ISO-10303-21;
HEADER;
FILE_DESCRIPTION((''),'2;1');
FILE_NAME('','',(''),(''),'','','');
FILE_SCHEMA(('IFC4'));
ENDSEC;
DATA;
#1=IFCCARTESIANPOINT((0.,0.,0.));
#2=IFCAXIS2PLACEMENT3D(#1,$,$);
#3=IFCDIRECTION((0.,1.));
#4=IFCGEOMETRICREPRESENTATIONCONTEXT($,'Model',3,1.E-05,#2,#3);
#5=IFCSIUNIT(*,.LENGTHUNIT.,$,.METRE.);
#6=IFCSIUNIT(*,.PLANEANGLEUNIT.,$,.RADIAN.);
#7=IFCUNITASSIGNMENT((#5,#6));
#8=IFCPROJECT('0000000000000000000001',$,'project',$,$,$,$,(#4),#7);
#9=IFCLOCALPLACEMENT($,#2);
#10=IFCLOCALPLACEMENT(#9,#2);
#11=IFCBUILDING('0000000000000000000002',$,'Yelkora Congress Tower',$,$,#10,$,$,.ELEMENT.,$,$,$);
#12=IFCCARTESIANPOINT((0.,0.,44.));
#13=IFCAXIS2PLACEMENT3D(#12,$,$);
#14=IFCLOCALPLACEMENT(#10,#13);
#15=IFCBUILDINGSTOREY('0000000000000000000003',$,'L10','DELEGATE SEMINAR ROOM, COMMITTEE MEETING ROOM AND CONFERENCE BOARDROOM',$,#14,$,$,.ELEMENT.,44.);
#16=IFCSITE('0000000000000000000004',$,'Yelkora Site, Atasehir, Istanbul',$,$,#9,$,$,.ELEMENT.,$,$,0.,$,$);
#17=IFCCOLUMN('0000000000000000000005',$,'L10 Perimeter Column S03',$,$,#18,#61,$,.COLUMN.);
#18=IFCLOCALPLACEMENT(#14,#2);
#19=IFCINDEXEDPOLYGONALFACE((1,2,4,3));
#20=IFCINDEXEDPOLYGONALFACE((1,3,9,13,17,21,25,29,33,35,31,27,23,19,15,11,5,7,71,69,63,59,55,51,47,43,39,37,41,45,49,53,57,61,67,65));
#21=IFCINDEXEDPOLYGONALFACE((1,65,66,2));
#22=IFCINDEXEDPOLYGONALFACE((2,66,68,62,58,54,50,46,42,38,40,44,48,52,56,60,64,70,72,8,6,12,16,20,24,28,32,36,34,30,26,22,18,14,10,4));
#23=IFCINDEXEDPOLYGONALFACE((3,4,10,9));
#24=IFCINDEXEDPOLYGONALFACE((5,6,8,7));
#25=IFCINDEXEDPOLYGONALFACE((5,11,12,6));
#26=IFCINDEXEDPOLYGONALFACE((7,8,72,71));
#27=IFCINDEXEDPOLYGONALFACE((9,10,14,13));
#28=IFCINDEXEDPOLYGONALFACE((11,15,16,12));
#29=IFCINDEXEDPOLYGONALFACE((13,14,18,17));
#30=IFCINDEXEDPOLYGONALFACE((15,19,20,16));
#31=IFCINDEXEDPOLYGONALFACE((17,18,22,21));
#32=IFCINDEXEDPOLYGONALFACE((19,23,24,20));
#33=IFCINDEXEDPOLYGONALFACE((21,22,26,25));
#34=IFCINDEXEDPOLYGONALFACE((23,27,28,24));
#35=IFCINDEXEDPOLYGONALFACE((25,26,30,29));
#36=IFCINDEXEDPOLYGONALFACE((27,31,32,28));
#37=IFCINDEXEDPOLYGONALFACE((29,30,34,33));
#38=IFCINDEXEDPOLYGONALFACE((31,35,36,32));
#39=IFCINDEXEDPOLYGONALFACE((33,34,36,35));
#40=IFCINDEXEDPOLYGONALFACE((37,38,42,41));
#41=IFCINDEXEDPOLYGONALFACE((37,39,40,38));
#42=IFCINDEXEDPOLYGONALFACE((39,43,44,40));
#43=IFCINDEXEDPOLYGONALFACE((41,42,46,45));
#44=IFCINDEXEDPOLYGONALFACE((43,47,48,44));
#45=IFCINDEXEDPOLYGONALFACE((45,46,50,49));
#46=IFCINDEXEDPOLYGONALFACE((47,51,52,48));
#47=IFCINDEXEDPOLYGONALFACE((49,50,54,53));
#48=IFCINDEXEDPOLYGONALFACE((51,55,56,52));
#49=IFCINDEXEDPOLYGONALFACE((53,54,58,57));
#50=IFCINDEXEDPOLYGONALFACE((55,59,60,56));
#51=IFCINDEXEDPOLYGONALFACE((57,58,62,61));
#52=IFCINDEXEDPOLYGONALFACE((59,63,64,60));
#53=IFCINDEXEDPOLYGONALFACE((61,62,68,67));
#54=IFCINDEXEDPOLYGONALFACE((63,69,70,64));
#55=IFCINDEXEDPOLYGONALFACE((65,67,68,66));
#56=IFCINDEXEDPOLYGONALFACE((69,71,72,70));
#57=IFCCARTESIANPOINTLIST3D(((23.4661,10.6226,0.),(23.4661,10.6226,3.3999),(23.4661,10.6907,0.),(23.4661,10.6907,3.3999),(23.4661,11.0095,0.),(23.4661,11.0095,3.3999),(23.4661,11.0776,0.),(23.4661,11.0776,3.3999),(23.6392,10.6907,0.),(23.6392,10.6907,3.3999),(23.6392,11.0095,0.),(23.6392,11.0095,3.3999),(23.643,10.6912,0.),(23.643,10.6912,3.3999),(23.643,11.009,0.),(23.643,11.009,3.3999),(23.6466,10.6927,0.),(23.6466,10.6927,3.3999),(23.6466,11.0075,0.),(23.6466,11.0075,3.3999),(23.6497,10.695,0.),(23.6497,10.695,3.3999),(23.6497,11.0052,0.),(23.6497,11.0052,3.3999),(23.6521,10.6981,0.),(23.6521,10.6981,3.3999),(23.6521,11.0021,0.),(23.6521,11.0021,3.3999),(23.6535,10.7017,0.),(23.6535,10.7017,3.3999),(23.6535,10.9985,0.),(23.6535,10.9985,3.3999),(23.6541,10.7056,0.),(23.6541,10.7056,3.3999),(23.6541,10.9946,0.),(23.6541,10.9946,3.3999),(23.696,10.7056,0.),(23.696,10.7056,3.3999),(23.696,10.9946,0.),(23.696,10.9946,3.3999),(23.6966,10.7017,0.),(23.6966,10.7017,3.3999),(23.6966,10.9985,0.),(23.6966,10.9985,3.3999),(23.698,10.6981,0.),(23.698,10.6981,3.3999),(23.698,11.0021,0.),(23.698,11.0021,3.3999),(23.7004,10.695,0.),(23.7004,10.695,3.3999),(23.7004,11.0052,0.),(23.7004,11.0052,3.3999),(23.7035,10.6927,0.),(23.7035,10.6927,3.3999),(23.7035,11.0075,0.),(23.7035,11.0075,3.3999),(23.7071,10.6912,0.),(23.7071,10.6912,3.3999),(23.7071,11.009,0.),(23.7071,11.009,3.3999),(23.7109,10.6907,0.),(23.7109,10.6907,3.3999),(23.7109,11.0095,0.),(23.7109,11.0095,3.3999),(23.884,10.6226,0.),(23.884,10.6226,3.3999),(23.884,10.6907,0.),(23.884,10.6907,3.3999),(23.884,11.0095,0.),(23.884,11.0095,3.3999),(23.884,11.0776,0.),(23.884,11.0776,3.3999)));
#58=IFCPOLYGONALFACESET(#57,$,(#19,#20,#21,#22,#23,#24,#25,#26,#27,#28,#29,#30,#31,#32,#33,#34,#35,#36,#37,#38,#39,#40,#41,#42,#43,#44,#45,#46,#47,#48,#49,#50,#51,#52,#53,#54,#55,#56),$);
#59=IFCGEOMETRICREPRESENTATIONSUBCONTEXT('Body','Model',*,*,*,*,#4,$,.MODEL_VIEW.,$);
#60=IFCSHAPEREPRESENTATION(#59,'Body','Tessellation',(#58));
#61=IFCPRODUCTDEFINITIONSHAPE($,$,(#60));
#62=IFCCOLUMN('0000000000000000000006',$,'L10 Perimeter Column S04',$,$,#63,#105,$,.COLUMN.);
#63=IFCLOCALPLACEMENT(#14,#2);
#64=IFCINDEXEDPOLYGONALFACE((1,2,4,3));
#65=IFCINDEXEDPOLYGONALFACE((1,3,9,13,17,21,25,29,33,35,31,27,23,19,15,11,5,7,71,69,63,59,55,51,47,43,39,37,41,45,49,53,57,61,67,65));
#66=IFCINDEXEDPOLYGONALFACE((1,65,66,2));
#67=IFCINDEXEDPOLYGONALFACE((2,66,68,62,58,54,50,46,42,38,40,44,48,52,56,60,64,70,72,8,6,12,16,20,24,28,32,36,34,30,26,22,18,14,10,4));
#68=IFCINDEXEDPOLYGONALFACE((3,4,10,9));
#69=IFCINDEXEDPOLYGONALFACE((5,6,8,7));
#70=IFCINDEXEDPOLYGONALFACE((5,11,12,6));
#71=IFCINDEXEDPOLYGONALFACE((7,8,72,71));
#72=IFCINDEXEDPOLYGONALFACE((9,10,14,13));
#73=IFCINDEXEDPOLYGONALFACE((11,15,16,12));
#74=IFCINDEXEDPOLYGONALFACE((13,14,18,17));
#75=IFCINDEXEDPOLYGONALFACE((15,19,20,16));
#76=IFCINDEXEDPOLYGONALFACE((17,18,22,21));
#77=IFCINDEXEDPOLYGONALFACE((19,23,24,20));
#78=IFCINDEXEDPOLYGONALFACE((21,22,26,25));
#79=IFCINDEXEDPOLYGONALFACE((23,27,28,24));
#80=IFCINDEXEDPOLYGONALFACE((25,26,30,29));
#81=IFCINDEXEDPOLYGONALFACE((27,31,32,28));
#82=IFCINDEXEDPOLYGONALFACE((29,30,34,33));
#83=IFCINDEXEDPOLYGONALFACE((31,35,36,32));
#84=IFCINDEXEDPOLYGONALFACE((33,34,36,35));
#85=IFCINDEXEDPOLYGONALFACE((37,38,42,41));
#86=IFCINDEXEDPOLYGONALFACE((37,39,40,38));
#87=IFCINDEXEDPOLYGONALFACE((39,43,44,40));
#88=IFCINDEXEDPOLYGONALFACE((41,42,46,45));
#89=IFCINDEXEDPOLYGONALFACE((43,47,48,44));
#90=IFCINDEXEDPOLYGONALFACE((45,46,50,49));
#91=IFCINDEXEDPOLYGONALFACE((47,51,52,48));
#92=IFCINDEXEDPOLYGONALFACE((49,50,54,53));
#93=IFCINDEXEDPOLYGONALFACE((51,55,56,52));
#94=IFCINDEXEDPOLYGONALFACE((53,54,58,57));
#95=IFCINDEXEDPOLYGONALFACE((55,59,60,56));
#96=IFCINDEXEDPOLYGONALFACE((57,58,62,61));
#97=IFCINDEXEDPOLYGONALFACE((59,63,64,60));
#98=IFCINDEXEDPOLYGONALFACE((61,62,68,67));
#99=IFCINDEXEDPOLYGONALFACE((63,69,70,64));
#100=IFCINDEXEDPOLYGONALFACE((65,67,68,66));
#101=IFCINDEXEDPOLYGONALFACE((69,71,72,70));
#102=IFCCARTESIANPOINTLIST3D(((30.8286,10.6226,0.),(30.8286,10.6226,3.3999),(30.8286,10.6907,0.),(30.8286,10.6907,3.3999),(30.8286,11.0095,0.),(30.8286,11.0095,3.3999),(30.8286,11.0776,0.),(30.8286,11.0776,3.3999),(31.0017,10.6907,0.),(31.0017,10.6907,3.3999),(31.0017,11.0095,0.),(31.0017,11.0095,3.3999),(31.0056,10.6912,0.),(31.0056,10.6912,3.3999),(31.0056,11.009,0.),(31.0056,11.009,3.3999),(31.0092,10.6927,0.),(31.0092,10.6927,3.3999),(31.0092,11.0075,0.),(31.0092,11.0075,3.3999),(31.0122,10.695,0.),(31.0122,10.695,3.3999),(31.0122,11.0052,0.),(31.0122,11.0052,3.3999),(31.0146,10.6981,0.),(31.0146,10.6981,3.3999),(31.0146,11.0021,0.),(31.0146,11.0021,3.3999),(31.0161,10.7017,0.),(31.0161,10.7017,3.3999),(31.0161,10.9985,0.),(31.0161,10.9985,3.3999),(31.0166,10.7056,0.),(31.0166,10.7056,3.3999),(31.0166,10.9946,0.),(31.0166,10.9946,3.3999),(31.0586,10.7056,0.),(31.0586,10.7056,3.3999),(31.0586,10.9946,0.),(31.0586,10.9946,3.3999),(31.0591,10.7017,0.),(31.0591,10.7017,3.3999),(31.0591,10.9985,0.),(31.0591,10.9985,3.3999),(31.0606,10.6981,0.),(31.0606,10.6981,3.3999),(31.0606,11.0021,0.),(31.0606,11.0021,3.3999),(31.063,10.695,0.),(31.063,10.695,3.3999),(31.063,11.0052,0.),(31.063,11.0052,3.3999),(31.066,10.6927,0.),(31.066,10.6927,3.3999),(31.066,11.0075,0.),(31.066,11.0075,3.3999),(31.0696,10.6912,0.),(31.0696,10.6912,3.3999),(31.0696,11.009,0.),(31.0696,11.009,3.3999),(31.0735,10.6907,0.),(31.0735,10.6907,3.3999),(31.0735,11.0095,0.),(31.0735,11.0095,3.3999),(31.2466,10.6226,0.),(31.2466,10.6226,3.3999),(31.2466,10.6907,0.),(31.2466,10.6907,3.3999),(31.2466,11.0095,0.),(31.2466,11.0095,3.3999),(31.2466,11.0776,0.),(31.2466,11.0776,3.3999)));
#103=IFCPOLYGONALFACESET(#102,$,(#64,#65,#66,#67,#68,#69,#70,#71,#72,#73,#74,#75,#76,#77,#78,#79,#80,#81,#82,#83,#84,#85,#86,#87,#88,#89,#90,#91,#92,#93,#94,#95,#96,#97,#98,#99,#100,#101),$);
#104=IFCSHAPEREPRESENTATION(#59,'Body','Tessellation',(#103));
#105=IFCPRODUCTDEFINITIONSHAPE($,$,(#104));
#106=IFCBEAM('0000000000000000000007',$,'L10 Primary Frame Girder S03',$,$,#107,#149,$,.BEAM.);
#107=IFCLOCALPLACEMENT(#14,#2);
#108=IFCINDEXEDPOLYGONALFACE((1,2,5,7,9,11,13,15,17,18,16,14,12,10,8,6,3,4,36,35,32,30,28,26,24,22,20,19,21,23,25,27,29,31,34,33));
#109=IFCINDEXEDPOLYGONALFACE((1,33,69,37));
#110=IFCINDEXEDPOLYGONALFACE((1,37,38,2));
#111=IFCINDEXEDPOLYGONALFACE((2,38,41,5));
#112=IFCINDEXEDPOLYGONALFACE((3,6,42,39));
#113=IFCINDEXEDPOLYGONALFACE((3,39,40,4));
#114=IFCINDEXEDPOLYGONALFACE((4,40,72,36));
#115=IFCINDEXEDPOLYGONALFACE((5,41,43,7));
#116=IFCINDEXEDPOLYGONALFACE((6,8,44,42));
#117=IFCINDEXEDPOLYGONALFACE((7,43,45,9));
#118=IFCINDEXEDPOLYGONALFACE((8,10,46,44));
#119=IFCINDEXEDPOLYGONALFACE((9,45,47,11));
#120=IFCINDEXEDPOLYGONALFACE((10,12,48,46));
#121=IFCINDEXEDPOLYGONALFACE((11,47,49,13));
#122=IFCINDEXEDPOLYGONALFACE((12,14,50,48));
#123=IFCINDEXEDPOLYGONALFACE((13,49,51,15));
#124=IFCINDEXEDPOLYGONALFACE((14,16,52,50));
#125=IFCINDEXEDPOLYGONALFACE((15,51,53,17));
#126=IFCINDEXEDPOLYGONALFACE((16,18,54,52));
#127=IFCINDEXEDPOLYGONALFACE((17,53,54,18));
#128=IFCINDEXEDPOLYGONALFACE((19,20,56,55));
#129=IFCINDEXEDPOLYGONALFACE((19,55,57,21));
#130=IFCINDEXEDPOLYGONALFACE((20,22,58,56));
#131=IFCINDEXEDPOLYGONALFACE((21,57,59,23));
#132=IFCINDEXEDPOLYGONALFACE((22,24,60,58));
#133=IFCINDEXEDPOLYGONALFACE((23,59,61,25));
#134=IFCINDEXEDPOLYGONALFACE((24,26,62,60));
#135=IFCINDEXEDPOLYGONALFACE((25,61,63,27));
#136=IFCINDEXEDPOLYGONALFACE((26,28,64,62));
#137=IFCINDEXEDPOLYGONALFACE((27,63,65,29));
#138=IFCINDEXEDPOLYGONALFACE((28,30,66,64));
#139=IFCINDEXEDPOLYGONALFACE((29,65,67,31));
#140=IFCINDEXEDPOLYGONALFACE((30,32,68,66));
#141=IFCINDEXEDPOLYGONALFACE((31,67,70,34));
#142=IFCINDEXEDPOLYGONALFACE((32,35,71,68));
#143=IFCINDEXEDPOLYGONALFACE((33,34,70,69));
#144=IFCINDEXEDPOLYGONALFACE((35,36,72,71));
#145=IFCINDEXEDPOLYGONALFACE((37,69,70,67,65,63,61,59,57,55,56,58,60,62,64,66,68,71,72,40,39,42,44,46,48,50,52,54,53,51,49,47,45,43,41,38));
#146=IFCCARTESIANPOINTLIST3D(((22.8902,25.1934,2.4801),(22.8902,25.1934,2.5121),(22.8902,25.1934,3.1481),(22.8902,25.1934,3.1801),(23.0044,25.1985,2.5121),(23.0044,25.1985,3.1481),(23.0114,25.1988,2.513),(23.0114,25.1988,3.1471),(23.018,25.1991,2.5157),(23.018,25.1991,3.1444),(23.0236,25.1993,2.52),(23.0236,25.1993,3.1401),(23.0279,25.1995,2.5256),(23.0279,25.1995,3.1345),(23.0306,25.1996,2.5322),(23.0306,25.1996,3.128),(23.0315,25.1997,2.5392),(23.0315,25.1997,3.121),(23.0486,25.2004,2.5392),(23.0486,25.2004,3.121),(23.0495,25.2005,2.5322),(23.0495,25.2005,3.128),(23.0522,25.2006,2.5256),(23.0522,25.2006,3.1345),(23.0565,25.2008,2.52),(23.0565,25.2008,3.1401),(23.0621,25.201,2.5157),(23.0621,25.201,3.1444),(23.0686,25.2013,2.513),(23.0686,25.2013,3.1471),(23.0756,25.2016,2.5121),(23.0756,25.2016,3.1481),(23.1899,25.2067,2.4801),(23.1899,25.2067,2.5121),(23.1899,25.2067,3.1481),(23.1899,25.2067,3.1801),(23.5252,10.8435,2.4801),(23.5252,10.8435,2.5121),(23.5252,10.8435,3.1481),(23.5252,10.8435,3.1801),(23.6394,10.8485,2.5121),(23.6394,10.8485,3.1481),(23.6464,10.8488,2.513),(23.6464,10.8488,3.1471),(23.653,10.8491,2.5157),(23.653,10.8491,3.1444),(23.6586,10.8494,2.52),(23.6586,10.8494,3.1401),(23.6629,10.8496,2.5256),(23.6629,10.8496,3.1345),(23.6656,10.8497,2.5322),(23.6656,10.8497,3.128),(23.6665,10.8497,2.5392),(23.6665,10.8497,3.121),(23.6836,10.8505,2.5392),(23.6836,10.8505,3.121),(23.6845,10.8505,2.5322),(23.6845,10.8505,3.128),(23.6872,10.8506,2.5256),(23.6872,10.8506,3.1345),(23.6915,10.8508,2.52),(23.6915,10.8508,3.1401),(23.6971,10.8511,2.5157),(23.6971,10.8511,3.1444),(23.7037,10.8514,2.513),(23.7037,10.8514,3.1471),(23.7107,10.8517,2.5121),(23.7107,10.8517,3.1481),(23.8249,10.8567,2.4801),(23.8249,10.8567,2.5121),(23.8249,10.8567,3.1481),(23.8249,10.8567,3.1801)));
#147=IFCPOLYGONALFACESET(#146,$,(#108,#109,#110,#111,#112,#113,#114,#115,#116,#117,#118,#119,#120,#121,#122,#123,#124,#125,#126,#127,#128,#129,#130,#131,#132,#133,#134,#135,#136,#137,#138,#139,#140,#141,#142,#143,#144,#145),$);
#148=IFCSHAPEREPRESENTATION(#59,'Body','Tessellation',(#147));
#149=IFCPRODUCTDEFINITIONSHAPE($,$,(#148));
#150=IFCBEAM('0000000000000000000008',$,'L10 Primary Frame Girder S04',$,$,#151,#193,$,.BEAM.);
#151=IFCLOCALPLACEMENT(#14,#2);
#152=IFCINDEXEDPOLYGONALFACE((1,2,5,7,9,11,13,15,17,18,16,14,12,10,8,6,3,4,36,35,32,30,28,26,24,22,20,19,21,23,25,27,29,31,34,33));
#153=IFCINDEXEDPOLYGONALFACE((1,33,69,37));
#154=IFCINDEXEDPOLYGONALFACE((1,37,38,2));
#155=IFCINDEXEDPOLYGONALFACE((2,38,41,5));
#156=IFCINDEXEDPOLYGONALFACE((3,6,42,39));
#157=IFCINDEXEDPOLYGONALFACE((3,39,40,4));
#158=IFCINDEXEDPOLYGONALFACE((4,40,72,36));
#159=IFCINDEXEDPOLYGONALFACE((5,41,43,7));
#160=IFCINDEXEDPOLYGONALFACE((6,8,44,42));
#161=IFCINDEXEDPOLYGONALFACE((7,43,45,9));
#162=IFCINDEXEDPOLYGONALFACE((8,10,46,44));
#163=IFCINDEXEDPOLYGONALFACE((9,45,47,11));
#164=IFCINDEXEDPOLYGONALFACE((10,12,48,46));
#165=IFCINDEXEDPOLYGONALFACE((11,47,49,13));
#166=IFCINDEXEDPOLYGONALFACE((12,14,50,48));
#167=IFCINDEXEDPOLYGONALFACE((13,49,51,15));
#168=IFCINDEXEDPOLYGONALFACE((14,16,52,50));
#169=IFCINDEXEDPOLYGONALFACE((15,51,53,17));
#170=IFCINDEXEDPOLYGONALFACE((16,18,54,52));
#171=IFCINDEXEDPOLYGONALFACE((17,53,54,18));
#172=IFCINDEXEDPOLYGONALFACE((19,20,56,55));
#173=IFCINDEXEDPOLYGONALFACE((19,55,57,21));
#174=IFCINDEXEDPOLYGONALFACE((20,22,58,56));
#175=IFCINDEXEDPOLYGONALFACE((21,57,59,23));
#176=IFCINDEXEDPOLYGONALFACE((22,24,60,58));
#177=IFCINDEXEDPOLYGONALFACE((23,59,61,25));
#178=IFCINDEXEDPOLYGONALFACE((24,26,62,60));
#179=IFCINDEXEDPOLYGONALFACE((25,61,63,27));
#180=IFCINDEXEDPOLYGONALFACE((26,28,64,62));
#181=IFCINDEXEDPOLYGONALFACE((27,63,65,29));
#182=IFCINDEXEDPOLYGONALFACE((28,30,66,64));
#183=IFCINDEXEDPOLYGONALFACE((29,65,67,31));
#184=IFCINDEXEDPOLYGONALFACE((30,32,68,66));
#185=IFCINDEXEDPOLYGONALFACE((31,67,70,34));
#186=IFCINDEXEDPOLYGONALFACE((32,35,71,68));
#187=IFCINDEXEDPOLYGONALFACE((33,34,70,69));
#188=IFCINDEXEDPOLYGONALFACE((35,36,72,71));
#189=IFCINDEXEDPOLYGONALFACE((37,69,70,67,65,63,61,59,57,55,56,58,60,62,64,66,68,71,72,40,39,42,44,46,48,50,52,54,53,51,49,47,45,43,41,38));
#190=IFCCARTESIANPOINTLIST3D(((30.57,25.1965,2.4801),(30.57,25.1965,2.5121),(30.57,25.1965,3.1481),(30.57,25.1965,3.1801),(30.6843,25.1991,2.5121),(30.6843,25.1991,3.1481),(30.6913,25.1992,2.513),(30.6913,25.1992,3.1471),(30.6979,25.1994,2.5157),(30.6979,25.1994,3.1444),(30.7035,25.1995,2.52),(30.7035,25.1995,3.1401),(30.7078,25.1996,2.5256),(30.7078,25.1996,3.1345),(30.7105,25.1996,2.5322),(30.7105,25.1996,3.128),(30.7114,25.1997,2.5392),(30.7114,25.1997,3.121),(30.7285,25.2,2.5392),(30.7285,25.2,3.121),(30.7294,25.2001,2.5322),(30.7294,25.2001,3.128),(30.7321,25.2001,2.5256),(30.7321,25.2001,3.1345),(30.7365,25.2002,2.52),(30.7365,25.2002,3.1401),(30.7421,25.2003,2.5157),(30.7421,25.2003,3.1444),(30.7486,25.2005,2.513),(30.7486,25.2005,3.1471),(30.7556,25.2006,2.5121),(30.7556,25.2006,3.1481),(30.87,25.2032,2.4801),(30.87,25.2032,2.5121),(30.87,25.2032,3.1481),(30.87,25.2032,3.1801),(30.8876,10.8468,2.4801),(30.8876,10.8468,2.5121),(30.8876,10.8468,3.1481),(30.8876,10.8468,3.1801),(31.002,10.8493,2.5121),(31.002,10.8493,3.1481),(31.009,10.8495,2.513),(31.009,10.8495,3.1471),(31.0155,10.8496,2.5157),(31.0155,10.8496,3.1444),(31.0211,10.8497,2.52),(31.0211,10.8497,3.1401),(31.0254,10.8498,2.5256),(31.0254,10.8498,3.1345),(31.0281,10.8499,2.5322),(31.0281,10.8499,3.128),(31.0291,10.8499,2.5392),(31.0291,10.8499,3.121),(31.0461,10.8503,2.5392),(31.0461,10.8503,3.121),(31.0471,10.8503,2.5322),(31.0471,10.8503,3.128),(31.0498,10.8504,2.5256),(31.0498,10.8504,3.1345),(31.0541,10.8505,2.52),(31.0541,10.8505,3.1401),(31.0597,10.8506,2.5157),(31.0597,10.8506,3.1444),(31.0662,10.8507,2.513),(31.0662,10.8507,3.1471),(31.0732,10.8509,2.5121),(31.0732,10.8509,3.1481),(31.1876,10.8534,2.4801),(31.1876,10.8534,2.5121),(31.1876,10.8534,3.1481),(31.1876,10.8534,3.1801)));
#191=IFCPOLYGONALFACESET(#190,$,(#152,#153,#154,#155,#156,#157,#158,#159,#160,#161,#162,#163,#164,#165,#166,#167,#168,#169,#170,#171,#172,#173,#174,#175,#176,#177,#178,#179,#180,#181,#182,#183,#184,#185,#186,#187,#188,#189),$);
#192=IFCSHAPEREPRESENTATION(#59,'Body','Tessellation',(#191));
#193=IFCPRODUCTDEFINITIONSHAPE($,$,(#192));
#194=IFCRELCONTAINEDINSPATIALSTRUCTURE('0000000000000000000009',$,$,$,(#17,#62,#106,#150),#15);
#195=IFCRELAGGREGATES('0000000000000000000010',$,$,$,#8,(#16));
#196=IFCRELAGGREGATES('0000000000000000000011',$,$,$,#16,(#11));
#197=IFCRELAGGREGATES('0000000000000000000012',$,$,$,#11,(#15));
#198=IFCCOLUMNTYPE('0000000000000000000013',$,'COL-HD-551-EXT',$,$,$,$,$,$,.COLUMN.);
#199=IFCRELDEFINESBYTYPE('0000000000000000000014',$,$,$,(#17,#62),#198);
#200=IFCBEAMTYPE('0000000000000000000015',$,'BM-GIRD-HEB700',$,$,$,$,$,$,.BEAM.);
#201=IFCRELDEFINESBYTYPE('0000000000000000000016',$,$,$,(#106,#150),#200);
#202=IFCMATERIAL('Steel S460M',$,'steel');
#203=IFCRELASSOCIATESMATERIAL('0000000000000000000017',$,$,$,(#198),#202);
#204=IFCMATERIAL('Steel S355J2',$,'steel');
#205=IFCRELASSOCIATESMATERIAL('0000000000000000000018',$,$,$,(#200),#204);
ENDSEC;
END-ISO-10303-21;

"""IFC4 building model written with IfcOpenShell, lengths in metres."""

from ifc_helpers import new_model, si_unit, direction, frame, origin, origin_2d, place, context, subcontext, project, spatial, i_section, extrude, material, material_profile, profile_set, type_object, element, save


model = new_model("IFC4")

# Units and contexts
model_context = context("Model", 3, precision=1e-05, world=origin(), true_north=direction((0.0, 1.0)))
body_context = subcontext(model_context, "Body", "Model", "MODEL_VIEW")
ifc_project = project(units=[si_unit("LENGTHUNIT", "METRE"), si_unit("PLANEANGLEUNIT", "RADIAN")], contexts=[model_context])

# Site, building, storey
site_placement = place(None, origin())
site = spatial("IfcSite", under=ifc_project, at=site_placement, Name="Yelkora Site, Atasehir, Istanbul", CompositionType="ELEMENT", RefElevation=0.0)
building_placement = place(site_placement, origin())
building = spatial("IfcBuilding", under=site, at=building_placement, Name="Yelkora Congress Tower", CompositionType="ELEMENT")
storey_placement = place(building_placement, frame((0.0, 0.0, 44.0)))
storey = spatial("IfcBuildingStorey", under=building, at=storey_placement, Name="L10", Description="DELEGATE SEMINAR ROOM, COMMITTEE MEETING ROOM AND CONFERENCE BOARDROOM", CompositionType="ELEMENT", Elevation=44.0)

# Columns
ifc_material_1 = material(Name="Steel S460M", Category="steel")
ifc_material_profile_1 = material_profile(ifc_material_1, i_section(OverallWidth=0.418, OverallDepth=0.4551, WebThickness=0.042, FlangeThickness=0.0681, FilletRadius=0.0149, at=origin_2d()), Name="HD 400x551")
ifc_profile_set_1 = profile_set([ifc_material_profile_1], Name="Steel S460M")
column_type = type_object("IfcColumnType", Name="COL-HD-551-EXT", PredefinedType="COLUMN", material=ifc_profile_set_1)
for number, where, z_axis, x_axis, name in (
    (1, (23.675, 10.8501, 0.0), (0.0, 0.0, 1.0), (1.0, 0.0, 0.0), "L10 Perimeter Column S03"),
    (2, (31.0376, 10.8501, 0.0), (0.0, 0.0, 1.0), (1.0, 0.0, 0.0), "L10 Perimeter Column S04"),
):
    element("IfcColumn", number, at=place(storey_placement, frame(where, z_axis=z_axis, x_axis=x_axis)), inside=storey, type_object=column_type, Name=name, PredefinedType="COLUMN", context=body_context, shape_type="SweptSolid", body=[
        extrude(i_section(OverallWidth=0.418, OverallDepth=0.4551, WebThickness=0.042, FlangeThickness=0.0681, FilletRadius=0.0149, at=origin_2d()), origin(), (0.0, 0.0, 1.0), 3.3999),
    ])

# Beams
ifc_material_2 = material(Name="Steel S355J2", Category="steel")
ifc_material_profile_2 = material_profile(ifc_material_2, i_section(OverallWidth=0.3, OverallDepth=0.7, WebThickness=0.0171, FlangeThickness=0.032, FilletRadius=0.0271, at=origin_2d()), Name="HEB 700")
ifc_profile_set_2 = profile_set([ifc_material_profile_2], Name="Steel S355J2")
beam_type_1 = type_object("IfcBeamType", Name="BM-GIRD-HEB700", PredefinedType="BEAM", material=ifc_profile_set_2)
beam_1_placement = place(storey_placement, frame((23.675, 10.8501, 2.8301), z_axis=(-0.044209, 0.999022, 0.0), x_axis=(-0.999022, -0.044209, 0.0)))
element("IfcBeam", 3, at=beam_1_placement, inside=storey, type_object=beam_type_1, Name="L10 Primary Frame Girder S03", PredefinedType="BEAM", context=body_context, shape_type="SweptSolid", body=[
    extrude(i_section(OverallWidth=0.3, OverallDepth=0.7, WebThickness=0.0171, FlangeThickness=0.032, FilletRadius=0.0271, at=origin_2d()), origin(), (0.0, 0.0, 1.0), 14.364),
])
beam_2_placement = place(storey_placement, frame((31.0376, 10.8501, 2.8301), z_axis=(-0.022129, 0.999755, 0.0), x_axis=(-0.999755, -0.022129, 0.0)))
element("IfcBeam", 4, at=beam_2_placement, inside=storey, type_object=beam_type_1, Name="L10 Primary Frame Girder S04", PredefinedType="BEAM", context=body_context, shape_type="SweptSolid", body=[
    extrude(i_section(OverallWidth=0.3, OverallDepth=0.7, WebThickness=0.0171, FlangeThickness=0.032, FilletRadius=0.0271, at=origin_2d()), origin(), (0.0, 0.0, 1.0), 14.3533),
])

save(model, "model.ifc")
